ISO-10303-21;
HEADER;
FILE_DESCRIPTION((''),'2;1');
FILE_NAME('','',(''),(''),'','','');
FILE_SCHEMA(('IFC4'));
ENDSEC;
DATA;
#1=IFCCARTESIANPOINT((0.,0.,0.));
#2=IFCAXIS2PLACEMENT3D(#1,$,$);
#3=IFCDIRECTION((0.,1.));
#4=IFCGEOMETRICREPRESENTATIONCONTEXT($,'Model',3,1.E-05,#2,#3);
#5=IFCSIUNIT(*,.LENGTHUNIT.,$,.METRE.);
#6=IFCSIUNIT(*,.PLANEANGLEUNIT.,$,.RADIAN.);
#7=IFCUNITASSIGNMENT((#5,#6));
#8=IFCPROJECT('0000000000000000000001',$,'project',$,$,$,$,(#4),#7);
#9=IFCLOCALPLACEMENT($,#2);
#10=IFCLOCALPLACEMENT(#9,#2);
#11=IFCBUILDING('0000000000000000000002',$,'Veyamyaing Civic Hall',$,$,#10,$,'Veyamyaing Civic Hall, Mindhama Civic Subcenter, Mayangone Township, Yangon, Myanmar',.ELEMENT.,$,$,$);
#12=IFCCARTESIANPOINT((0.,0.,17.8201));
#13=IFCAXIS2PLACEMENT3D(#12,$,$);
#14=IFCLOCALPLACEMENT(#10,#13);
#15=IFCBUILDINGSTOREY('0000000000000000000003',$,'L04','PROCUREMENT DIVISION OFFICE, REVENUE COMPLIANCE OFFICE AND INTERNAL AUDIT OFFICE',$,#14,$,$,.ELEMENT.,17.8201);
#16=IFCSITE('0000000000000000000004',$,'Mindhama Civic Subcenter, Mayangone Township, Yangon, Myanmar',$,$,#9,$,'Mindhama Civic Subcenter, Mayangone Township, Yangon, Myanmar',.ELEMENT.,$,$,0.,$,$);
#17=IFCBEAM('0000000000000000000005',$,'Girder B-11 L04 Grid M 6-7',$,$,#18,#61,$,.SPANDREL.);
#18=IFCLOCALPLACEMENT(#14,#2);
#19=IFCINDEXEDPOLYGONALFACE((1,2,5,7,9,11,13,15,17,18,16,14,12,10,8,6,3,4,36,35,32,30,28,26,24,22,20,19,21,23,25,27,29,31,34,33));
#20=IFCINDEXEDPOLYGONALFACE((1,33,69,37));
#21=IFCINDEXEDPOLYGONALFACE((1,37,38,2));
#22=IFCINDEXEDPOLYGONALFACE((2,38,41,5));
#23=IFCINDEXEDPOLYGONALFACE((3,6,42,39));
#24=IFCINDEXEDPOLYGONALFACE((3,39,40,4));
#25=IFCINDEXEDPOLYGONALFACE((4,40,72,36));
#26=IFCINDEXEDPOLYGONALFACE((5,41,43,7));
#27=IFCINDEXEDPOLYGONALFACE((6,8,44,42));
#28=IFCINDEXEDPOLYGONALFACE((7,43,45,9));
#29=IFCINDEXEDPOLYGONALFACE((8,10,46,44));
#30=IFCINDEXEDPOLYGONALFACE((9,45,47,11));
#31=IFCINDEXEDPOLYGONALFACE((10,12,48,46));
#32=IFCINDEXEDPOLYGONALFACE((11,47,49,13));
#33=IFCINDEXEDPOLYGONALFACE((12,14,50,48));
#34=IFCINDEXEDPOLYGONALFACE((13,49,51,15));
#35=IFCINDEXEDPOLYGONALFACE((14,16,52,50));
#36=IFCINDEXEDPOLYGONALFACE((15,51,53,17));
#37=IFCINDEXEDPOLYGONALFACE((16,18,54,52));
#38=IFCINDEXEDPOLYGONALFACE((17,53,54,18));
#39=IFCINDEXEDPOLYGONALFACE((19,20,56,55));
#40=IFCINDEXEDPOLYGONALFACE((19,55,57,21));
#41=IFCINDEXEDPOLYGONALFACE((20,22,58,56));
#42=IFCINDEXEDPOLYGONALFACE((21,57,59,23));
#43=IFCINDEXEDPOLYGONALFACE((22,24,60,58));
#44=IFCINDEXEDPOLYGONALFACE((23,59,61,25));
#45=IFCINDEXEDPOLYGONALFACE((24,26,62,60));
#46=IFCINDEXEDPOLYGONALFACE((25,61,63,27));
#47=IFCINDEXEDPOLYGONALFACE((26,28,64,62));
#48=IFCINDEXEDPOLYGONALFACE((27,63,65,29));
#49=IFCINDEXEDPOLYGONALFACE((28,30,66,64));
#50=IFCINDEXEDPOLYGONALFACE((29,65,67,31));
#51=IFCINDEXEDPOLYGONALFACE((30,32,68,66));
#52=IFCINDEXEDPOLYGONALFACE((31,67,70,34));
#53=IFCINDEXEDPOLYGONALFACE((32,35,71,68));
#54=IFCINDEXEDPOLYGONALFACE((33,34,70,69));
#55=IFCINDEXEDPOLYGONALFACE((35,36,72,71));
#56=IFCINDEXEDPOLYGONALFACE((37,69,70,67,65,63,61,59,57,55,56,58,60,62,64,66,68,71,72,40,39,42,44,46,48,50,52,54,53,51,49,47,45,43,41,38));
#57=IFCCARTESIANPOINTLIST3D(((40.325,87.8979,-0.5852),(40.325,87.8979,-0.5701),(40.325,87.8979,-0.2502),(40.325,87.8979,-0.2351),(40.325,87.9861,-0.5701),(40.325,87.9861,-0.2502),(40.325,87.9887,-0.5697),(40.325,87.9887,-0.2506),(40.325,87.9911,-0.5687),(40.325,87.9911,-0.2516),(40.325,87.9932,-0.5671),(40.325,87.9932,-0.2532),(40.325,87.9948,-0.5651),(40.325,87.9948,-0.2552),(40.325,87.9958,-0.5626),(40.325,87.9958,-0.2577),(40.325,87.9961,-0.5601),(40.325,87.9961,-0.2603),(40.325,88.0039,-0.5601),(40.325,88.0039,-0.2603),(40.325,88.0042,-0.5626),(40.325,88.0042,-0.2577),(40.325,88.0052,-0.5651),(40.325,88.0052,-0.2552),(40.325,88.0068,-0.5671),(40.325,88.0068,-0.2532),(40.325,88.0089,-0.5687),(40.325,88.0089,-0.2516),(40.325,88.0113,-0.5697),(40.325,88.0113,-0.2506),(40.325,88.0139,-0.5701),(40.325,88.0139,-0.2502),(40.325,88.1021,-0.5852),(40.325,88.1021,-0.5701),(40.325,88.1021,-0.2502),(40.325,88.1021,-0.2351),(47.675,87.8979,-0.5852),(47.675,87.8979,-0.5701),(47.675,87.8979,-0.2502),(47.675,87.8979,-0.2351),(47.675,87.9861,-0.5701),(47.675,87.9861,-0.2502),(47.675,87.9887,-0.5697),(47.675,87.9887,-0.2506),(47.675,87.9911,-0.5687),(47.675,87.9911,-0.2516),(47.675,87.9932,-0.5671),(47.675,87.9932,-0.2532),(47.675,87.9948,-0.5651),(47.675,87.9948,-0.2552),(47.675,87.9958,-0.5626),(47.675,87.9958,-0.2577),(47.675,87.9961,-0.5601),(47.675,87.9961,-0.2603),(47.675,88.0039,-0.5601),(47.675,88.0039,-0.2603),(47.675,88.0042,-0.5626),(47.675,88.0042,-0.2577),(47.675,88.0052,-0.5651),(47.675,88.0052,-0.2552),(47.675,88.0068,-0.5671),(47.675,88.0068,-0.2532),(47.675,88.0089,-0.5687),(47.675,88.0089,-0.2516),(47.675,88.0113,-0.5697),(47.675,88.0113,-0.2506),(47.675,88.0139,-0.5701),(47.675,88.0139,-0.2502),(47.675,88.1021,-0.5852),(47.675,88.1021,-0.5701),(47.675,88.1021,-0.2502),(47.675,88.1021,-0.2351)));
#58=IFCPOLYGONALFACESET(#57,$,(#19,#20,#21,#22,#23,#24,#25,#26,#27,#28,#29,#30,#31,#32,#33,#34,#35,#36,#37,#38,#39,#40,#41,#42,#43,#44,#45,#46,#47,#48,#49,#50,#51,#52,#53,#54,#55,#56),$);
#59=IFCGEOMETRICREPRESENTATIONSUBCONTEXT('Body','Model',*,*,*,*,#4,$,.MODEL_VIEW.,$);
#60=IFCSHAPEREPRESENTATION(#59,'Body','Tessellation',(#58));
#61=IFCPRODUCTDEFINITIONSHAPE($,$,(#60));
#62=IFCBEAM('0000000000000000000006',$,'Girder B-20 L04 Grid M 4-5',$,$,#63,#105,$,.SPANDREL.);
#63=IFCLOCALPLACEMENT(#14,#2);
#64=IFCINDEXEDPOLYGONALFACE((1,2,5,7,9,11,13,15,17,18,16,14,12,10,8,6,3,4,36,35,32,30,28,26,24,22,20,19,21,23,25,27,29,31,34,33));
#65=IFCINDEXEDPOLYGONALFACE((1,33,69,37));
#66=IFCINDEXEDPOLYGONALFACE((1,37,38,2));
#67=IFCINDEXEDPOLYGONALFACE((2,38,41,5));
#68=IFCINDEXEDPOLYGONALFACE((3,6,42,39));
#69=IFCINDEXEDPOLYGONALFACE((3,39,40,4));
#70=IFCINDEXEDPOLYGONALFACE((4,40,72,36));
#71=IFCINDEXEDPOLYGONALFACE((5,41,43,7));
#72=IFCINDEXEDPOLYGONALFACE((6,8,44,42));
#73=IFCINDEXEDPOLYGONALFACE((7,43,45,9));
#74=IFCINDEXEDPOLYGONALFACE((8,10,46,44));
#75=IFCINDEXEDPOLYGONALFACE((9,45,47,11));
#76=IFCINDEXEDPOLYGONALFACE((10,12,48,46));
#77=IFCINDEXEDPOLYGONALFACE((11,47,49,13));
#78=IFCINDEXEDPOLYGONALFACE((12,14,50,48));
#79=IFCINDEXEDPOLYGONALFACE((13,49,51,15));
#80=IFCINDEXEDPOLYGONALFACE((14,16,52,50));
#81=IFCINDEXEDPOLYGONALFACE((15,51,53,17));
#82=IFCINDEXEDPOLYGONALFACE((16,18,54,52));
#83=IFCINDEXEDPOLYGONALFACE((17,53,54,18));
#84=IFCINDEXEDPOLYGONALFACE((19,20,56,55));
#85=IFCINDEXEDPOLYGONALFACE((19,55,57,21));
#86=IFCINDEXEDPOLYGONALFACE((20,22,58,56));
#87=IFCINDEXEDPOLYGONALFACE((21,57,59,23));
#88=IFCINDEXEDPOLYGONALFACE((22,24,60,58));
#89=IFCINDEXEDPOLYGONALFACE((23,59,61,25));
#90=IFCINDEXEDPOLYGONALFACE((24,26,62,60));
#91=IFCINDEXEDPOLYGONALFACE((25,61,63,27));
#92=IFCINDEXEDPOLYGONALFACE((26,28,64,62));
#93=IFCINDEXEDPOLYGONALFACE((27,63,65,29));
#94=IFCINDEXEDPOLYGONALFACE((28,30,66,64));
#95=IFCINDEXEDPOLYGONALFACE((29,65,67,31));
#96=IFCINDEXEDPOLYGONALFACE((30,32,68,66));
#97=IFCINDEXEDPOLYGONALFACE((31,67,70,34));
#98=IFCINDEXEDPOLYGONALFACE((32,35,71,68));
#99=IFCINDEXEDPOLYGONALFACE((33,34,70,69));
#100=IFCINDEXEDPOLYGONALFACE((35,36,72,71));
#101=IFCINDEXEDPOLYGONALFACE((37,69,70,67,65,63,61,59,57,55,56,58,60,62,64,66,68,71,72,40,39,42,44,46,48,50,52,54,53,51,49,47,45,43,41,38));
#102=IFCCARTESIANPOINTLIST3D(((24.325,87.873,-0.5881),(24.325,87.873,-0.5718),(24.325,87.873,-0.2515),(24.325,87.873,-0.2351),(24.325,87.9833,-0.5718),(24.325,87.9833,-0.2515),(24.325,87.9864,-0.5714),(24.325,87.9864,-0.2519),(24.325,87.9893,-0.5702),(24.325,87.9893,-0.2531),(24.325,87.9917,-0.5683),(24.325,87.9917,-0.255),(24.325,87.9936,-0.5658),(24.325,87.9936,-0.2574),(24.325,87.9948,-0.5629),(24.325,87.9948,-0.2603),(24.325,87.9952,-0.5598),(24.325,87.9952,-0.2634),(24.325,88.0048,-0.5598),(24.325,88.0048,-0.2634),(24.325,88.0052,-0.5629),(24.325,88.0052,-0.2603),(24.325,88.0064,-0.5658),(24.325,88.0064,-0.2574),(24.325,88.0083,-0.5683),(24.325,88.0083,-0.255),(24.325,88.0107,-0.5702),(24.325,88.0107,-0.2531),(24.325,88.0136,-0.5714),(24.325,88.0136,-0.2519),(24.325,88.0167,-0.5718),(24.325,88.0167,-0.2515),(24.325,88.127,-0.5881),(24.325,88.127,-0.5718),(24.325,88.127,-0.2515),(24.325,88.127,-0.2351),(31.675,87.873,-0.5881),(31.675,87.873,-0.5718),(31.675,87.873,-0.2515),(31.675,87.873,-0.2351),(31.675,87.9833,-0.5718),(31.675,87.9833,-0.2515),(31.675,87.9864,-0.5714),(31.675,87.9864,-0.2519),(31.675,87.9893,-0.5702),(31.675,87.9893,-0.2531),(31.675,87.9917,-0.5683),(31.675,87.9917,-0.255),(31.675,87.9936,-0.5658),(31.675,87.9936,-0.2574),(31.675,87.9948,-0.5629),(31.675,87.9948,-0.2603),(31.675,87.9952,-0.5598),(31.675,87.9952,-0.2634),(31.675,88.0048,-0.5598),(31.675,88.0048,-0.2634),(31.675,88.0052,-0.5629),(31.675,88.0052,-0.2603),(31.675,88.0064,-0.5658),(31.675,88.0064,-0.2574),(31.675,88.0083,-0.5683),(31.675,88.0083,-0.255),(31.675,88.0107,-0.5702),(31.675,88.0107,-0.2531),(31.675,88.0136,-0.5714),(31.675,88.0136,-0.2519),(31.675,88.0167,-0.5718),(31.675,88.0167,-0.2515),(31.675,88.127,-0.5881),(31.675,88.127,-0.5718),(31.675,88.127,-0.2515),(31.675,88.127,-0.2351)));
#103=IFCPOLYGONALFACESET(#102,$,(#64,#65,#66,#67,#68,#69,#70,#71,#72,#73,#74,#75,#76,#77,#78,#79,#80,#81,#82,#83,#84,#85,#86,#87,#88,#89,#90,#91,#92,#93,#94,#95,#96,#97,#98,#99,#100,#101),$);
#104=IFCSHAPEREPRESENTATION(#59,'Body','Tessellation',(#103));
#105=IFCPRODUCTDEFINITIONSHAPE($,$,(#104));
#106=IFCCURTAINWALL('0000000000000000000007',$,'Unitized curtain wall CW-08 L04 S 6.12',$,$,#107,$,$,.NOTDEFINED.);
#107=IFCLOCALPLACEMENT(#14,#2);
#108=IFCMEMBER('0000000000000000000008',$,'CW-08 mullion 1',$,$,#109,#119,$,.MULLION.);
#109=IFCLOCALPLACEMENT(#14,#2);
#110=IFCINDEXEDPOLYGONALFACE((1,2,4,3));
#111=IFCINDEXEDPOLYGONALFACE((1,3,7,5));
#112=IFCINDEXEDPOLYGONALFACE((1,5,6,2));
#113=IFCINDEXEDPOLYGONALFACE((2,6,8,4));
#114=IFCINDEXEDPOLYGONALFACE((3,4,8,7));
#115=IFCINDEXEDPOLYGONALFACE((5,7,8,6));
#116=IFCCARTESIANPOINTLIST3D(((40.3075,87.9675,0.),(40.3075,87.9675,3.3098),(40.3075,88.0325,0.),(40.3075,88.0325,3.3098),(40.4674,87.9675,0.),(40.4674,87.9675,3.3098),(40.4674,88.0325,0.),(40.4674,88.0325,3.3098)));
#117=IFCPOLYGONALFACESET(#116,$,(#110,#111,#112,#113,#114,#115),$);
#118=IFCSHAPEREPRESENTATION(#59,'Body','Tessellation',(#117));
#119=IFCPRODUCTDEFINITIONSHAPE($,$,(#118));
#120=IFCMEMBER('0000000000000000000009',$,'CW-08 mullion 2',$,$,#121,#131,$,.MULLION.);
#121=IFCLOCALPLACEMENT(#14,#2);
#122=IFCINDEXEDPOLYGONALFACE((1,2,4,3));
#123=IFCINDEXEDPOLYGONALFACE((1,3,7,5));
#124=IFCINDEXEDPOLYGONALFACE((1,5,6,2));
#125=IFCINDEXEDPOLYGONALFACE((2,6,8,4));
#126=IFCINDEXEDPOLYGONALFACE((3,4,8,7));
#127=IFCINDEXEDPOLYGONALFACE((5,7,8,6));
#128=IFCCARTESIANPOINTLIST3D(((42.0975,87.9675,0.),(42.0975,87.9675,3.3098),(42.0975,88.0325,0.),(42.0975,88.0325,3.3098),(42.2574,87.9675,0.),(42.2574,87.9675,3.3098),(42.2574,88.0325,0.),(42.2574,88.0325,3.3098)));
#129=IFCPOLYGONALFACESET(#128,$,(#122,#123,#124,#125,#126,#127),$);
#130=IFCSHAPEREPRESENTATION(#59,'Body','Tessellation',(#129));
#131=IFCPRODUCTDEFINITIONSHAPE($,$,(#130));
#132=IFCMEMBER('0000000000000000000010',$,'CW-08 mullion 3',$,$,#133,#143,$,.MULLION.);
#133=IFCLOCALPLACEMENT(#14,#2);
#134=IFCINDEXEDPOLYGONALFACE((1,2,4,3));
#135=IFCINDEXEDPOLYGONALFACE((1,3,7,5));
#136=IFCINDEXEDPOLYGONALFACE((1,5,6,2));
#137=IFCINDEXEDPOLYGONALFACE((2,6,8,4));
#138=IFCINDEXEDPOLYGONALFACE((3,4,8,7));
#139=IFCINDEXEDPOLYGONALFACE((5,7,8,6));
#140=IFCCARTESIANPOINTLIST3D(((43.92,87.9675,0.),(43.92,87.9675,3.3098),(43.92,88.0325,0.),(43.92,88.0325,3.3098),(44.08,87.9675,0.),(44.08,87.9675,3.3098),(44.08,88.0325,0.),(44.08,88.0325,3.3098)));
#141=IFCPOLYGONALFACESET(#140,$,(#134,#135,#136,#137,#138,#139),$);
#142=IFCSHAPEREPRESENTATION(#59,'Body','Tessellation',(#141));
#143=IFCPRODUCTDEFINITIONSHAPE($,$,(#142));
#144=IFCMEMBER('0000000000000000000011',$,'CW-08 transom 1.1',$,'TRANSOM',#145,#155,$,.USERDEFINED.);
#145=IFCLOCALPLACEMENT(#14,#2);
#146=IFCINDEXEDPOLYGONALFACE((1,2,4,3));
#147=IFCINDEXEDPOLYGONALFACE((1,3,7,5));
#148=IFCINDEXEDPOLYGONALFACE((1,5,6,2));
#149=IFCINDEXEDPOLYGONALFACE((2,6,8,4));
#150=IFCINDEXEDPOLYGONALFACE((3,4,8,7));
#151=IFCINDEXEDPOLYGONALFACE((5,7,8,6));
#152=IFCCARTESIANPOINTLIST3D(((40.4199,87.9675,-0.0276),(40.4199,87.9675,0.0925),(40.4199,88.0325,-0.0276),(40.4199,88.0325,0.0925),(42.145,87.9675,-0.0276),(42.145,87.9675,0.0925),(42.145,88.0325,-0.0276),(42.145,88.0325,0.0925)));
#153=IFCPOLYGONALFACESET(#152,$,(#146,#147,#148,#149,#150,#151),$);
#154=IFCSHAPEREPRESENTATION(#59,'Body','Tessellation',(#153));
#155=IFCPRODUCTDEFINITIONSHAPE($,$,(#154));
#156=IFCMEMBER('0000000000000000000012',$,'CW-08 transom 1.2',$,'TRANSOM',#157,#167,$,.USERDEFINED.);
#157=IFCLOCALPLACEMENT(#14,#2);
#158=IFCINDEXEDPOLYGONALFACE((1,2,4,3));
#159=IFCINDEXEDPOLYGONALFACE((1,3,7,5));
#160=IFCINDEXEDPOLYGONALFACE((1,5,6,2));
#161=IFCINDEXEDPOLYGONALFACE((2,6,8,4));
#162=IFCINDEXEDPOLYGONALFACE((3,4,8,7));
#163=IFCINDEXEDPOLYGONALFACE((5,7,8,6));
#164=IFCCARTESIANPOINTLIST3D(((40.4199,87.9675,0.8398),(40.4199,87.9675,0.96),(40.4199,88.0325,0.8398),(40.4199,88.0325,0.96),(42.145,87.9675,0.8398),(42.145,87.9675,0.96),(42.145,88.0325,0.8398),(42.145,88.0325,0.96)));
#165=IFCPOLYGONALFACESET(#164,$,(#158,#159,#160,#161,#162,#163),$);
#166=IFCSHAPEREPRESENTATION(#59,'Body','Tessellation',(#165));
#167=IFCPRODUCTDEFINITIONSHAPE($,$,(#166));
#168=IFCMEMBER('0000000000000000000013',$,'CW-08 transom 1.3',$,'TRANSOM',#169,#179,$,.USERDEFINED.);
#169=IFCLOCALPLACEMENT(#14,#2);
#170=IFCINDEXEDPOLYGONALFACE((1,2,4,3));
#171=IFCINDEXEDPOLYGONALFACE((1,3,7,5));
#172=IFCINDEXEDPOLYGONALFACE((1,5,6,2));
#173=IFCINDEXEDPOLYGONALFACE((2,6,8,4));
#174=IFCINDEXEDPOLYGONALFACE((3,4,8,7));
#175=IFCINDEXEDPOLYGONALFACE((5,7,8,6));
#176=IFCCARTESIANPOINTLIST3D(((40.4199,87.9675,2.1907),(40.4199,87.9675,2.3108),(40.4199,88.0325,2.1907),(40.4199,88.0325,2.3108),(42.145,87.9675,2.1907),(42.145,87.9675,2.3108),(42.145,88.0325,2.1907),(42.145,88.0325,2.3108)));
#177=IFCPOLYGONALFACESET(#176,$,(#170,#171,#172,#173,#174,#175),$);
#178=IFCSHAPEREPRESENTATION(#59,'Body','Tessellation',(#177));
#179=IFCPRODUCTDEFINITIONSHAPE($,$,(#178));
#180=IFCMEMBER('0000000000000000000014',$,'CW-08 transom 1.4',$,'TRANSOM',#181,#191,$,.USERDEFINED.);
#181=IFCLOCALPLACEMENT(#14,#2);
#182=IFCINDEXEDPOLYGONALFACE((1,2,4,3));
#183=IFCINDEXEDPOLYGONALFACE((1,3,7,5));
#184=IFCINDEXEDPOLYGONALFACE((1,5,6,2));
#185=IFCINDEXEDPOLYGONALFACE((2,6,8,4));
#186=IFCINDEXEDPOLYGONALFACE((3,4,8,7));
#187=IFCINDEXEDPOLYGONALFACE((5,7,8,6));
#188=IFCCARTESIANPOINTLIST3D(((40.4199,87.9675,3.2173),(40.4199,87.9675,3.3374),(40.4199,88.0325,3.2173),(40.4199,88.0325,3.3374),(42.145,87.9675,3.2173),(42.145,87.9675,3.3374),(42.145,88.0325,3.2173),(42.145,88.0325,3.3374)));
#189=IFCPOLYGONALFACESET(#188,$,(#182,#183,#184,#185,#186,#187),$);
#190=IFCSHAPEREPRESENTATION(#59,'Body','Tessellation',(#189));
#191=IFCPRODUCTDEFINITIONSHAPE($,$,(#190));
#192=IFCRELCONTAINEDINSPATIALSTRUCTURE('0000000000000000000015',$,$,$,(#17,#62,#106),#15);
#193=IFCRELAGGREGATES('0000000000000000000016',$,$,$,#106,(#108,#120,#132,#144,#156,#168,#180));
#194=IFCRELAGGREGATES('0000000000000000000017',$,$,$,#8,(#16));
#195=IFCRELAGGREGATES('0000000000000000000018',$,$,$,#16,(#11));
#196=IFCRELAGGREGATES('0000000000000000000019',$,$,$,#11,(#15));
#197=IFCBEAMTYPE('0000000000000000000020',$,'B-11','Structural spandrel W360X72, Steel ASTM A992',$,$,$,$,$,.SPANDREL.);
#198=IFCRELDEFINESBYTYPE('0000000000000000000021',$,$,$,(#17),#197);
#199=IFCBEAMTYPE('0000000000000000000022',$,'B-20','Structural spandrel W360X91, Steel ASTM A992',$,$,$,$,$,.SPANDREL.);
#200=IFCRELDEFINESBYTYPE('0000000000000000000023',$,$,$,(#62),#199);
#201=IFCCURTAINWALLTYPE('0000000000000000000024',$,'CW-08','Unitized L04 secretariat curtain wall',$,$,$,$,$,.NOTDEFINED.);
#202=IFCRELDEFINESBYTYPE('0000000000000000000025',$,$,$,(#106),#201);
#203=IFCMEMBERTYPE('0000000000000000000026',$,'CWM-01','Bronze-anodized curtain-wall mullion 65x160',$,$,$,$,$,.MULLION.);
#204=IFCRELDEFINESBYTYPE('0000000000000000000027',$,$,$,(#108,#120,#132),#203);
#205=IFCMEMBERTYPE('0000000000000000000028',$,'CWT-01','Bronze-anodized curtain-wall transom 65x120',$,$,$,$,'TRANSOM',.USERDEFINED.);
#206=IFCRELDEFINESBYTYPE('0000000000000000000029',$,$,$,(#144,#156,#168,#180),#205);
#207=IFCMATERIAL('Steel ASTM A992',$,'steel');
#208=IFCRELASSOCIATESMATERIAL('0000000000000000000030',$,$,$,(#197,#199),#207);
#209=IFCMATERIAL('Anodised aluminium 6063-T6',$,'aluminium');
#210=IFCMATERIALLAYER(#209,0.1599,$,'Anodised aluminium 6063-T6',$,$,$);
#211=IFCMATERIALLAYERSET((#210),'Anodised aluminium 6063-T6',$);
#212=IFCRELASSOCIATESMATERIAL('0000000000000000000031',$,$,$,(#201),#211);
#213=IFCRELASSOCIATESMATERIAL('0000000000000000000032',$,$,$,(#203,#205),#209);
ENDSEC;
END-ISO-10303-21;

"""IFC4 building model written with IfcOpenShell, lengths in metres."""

from ifc_helpers import new_model, si_unit, direction, frame, origin, origin_2d, place, context, subcontext, project, spatial, rectangle, i_section, extrude, material, layer, layer_set, material_profile, profile_set, type_object, element, aggregate, save


model = new_model("IFC4")

# Units and contexts
model_context = context("Model", 3, precision=1e-05, world=origin(), true_north=direction((0.0, 1.0)))
body_context = subcontext(model_context, "Body", "Model", "MODEL_VIEW")
ifc_project = project(units=[si_unit("LENGTHUNIT", "METRE"), si_unit("PLANEANGLEUNIT", "RADIAN")], contexts=[model_context])

# Site, building, storey
site_placement = place(None, origin())
site = spatial("IfcSite", under=ifc_project, at=site_placement, Name="Mindhama Civic Subcenter, Mayangone Township, Yangon, Myanmar", LongName="Mindhama Civic Subcenter, Mayangone Township, Yangon, Myanmar", CompositionType="ELEMENT", RefElevation=0.0)
building_placement = place(site_placement, origin())
building = spatial("IfcBuilding", under=site, at=building_placement, Name="Veyamyaing Civic Hall", LongName="Veyamyaing Civic Hall, Mindhama Civic Subcenter, Mayangone Township, Yangon, Myanmar", CompositionType="ELEMENT")
storey_placement = place(building_placement, frame((0.0, 0.0, 17.8201)))
storey = spatial("IfcBuildingStorey", under=building, at=storey_placement, Name="L04", Description="PROCUREMENT DIVISION OFFICE, REVENUE COMPLIANCE OFFICE AND INTERNAL AUDIT OFFICE", CompositionType="ELEMENT", Elevation=17.8201)

# Beams
ifc_material_1 = material(Name="Steel ASTM A992", Category="steel")
ifc_material_profile_1 = material_profile(ifc_material_1, i_section(OverallWidth=0.2041, OverallDepth=0.3501, WebThickness=0.0078, FlangeThickness=0.0151, FilletRadius=0.01, at=origin_2d()), Name="W360X72")
ifc_profile_set_1 = profile_set([ifc_material_profile_1], Name="Steel ASTM A992")
beam_type_1 = type_object("IfcBeamType", Name="B-11", Description="Structural spandrel W360X72, Steel ASTM A992", PredefinedType="SPANDREL", material=ifc_profile_set_1)
beam_1_placement = place(storey_placement, frame((40.325, 88.0, -0.4102), z_axis=(1.0, 0.0, 0.0), x_axis=(0.0, 1.0, 0.0)))
element("IfcBeam", 1, at=beam_1_placement, inside=storey, type_object=beam_type_1, Name="Girder B-11 L04 Grid M 6-7", PredefinedType="SPANDREL", context=body_context, shape_type="SweptSolid", body=[
    extrude(i_section(OverallWidth=0.2041, OverallDepth=0.3501, WebThickness=0.0078, FlangeThickness=0.0151, FilletRadius=0.01, at=origin_2d()), origin(), (0.0, 0.0, 1.0), 7.3501),
])
ifc_material_profile_2 = material_profile(ifc_material_1, i_section(OverallWidth=0.2539, OverallDepth=0.353, WebThickness=0.0095, FlangeThickness=0.0164, FilletRadius=0.012, at=origin_2d()), Name="W360X91")
ifc_profile_set_2 = profile_set([ifc_material_profile_2], Name="Steel ASTM A992")
beam_type_2 = type_object("IfcBeamType", Name="B-20", Description="Structural spandrel W360X91, Steel ASTM A992", PredefinedType="SPANDREL", material=ifc_profile_set_2)
beam_2_placement = place(storey_placement, frame((24.325, 88.0, -0.4116), z_axis=(1.0, 0.0, 0.0), x_axis=(0.0, 1.0, 0.0)))
element("IfcBeam", 2, at=beam_2_placement, inside=storey, type_object=beam_type_2, Name="Girder B-20 L04 Grid M 4-5", PredefinedType="SPANDREL", context=body_context, shape_type="SweptSolid", body=[
    extrude(i_section(OverallWidth=0.2539, OverallDepth=0.353, WebThickness=0.0095, FlangeThickness=0.0164, FilletRadius=0.012, at=origin_2d()), origin(), (0.0, 0.0, 1.0), 7.3501),
])

# Curtain wall, members
ifc_material_2 = material(Name="Anodised aluminium 6063-T6", Category="aluminium")
ifc_layer_1 = layer(ifc_material_2, 0.1599, Name="Anodised aluminium 6063-T6")
ifc_layer_set_1 = layer_set([ifc_layer_1], Name="Anodised aluminium 6063-T6")
curtain_wall_type = type_object("IfcCurtainWallType", Name="CW-08", Description="Unitized L04 secretariat curtain wall", PredefinedType="NOTDEFINED", material=ifc_layer_set_1)
curtain_wall_placement = place(storey_placement, origin())
curtain_wall = element("IfcCurtainWall", 3, at=curtain_wall_placement, inside=storey, type_object=curtain_wall_type, Name="Unitized curtain wall CW-08 L04 S 6.12", PredefinedType="NOTDEFINED")
ifc_material_profile_3 = material_profile(ifc_material_2, rectangle(XDim=0.0649, YDim=0.1599, at=origin_2d()), Name="ALU-MUL-65X160")
ifc_profile_set_3 = profile_set([ifc_material_profile_3], Name="Anodised aluminium 6063-T6")
member_type_1 = type_object("IfcMemberType", Name="CWM-01", Description="Bronze-anodized curtain-wall mullion 65x160", PredefinedType="MULLION", material=ifc_profile_set_3)
member_1_placement = place(storey_placement, frame((40.3875, 88.0, 0.0), z_axis=(0.0, 0.0, 1.0), x_axis=(0.0, 1.0, 0.0)))
member_1 = element("IfcMember", 4, at=member_1_placement, type_object=member_type_1, Name="CW-08 mullion 1", PredefinedType="MULLION", context=body_context, shape_type="SweptSolid", body=[
    extrude(rectangle(XDim=0.0649, YDim=0.1599, at=origin_2d()), origin(), (0.0, 0.0, 1.0), 3.3098),
])
member_2_placement = place(storey_placement, frame((42.1775, 88.0, 0.0), z_axis=(0.0, 0.0, 1.0), x_axis=(0.0, 1.0, 0.0)))
member_2 = element("IfcMember", 5, at=member_2_placement, type_object=member_type_1, Name="CW-08 mullion 2", PredefinedType="MULLION", context=body_context, shape_type="SweptSolid", body=[
    extrude(rectangle(XDim=0.0649, YDim=0.1599, at=origin_2d()), origin(), (0.0, 0.0, 1.0), 3.3098),
])
member_3_placement = place(storey_placement, frame((44.0, 88.0, 0.0), z_axis=(0.0, 0.0, 1.0), x_axis=(0.0, 1.0, 0.0)))
member_3 = element("IfcMember", 6, at=member_3_placement, type_object=member_type_1, Name="CW-08 mullion 3", PredefinedType="MULLION", context=body_context, shape_type="SweptSolid", body=[
    extrude(rectangle(XDim=0.0649, YDim=0.1599, at=origin_2d()), origin(), (0.0, 0.0, 1.0), 3.3098),
])
ifc_material_profile_4 = material_profile(ifc_material_2, rectangle(XDim=0.0649, YDim=0.1201, at=origin_2d()), Name="ALU-TRN-65X120")
ifc_profile_set_4 = profile_set([ifc_material_profile_4], Name="Anodised aluminium 6063-T6")
member_type_2 = type_object("IfcMemberType", Name="CWT-01", Description="Bronze-anodized curtain-wall transom 65x120", ElementType="TRANSOM", PredefinedType="USERDEFINED", material=ifc_profile_set_4)
member_4_placement = place(storey_placement, frame((40.4199, 88.0, 0.0325), z_axis=(1.0, 0.0, 0.0), x_axis=(0.0, 1.0, 0.0)))
member_4 = element("IfcMember", 7, at=member_4_placement, type_object=member_type_2, Name="CW-08 transom 1.1", ObjectType="TRANSOM", PredefinedType="USERDEFINED", context=body_context, shape_type="SweptSolid", body=[
    extrude(rectangle(XDim=0.0649, YDim=0.1201, at=origin_2d()), origin(), (0.0, 0.0, 1.0), 1.7251),
])
member_5_placement = place(storey_placement, frame((40.4199, 88.0, 0.8999), z_axis=(1.0, 0.0, 0.0), x_axis=(0.0, 1.0, 0.0)))
member_5 = element("IfcMember", 8, at=member_5_placement, type_object=member_type_2, Name="CW-08 transom 1.2", ObjectType="TRANSOM", PredefinedType="USERDEFINED", context=body_context, shape_type="SweptSolid", body=[
    extrude(rectangle(XDim=0.0649, YDim=0.1201, at=origin_2d()), origin(), (0.0, 0.0, 1.0), 1.7251),
])
member_6_placement = place(storey_placement, frame((40.4199, 88.0, 2.2507), z_axis=(1.0, 0.0, 0.0), x_axis=(0.0, 1.0, 0.0)))
member_6 = element("IfcMember", 9, at=member_6_placement, type_object=member_type_2, Name="CW-08 transom 1.3", ObjectType="TRANSOM", PredefinedType="USERDEFINED", context=body_context, shape_type="SweptSolid", body=[
    extrude(rectangle(XDim=0.0649, YDim=0.1201, at=origin_2d()), origin(), (0.0, 0.0, 1.0), 1.7251),
])
member_7_placement = place(storey_placement, frame((40.4199, 88.0, 3.2773), z_axis=(1.0, 0.0, 0.0), x_axis=(0.0, 1.0, 0.0)))
member_7 = element("IfcMember", 10, at=member_7_placement, type_object=member_type_2, Name="CW-08 transom 1.4", ObjectType="TRANSOM", PredefinedType="USERDEFINED", context=body_context, shape_type="SweptSolid", body=[
    extrude(rectangle(XDim=0.0649, YDim=0.1201, at=origin_2d()), origin(), (0.0, 0.0, 1.0), 1.7251),
])
aggregate(curtain_wall, [member_1, member_2, member_3, member_4, member_5, member_6, member_7])

save(model, "model.ifc")
